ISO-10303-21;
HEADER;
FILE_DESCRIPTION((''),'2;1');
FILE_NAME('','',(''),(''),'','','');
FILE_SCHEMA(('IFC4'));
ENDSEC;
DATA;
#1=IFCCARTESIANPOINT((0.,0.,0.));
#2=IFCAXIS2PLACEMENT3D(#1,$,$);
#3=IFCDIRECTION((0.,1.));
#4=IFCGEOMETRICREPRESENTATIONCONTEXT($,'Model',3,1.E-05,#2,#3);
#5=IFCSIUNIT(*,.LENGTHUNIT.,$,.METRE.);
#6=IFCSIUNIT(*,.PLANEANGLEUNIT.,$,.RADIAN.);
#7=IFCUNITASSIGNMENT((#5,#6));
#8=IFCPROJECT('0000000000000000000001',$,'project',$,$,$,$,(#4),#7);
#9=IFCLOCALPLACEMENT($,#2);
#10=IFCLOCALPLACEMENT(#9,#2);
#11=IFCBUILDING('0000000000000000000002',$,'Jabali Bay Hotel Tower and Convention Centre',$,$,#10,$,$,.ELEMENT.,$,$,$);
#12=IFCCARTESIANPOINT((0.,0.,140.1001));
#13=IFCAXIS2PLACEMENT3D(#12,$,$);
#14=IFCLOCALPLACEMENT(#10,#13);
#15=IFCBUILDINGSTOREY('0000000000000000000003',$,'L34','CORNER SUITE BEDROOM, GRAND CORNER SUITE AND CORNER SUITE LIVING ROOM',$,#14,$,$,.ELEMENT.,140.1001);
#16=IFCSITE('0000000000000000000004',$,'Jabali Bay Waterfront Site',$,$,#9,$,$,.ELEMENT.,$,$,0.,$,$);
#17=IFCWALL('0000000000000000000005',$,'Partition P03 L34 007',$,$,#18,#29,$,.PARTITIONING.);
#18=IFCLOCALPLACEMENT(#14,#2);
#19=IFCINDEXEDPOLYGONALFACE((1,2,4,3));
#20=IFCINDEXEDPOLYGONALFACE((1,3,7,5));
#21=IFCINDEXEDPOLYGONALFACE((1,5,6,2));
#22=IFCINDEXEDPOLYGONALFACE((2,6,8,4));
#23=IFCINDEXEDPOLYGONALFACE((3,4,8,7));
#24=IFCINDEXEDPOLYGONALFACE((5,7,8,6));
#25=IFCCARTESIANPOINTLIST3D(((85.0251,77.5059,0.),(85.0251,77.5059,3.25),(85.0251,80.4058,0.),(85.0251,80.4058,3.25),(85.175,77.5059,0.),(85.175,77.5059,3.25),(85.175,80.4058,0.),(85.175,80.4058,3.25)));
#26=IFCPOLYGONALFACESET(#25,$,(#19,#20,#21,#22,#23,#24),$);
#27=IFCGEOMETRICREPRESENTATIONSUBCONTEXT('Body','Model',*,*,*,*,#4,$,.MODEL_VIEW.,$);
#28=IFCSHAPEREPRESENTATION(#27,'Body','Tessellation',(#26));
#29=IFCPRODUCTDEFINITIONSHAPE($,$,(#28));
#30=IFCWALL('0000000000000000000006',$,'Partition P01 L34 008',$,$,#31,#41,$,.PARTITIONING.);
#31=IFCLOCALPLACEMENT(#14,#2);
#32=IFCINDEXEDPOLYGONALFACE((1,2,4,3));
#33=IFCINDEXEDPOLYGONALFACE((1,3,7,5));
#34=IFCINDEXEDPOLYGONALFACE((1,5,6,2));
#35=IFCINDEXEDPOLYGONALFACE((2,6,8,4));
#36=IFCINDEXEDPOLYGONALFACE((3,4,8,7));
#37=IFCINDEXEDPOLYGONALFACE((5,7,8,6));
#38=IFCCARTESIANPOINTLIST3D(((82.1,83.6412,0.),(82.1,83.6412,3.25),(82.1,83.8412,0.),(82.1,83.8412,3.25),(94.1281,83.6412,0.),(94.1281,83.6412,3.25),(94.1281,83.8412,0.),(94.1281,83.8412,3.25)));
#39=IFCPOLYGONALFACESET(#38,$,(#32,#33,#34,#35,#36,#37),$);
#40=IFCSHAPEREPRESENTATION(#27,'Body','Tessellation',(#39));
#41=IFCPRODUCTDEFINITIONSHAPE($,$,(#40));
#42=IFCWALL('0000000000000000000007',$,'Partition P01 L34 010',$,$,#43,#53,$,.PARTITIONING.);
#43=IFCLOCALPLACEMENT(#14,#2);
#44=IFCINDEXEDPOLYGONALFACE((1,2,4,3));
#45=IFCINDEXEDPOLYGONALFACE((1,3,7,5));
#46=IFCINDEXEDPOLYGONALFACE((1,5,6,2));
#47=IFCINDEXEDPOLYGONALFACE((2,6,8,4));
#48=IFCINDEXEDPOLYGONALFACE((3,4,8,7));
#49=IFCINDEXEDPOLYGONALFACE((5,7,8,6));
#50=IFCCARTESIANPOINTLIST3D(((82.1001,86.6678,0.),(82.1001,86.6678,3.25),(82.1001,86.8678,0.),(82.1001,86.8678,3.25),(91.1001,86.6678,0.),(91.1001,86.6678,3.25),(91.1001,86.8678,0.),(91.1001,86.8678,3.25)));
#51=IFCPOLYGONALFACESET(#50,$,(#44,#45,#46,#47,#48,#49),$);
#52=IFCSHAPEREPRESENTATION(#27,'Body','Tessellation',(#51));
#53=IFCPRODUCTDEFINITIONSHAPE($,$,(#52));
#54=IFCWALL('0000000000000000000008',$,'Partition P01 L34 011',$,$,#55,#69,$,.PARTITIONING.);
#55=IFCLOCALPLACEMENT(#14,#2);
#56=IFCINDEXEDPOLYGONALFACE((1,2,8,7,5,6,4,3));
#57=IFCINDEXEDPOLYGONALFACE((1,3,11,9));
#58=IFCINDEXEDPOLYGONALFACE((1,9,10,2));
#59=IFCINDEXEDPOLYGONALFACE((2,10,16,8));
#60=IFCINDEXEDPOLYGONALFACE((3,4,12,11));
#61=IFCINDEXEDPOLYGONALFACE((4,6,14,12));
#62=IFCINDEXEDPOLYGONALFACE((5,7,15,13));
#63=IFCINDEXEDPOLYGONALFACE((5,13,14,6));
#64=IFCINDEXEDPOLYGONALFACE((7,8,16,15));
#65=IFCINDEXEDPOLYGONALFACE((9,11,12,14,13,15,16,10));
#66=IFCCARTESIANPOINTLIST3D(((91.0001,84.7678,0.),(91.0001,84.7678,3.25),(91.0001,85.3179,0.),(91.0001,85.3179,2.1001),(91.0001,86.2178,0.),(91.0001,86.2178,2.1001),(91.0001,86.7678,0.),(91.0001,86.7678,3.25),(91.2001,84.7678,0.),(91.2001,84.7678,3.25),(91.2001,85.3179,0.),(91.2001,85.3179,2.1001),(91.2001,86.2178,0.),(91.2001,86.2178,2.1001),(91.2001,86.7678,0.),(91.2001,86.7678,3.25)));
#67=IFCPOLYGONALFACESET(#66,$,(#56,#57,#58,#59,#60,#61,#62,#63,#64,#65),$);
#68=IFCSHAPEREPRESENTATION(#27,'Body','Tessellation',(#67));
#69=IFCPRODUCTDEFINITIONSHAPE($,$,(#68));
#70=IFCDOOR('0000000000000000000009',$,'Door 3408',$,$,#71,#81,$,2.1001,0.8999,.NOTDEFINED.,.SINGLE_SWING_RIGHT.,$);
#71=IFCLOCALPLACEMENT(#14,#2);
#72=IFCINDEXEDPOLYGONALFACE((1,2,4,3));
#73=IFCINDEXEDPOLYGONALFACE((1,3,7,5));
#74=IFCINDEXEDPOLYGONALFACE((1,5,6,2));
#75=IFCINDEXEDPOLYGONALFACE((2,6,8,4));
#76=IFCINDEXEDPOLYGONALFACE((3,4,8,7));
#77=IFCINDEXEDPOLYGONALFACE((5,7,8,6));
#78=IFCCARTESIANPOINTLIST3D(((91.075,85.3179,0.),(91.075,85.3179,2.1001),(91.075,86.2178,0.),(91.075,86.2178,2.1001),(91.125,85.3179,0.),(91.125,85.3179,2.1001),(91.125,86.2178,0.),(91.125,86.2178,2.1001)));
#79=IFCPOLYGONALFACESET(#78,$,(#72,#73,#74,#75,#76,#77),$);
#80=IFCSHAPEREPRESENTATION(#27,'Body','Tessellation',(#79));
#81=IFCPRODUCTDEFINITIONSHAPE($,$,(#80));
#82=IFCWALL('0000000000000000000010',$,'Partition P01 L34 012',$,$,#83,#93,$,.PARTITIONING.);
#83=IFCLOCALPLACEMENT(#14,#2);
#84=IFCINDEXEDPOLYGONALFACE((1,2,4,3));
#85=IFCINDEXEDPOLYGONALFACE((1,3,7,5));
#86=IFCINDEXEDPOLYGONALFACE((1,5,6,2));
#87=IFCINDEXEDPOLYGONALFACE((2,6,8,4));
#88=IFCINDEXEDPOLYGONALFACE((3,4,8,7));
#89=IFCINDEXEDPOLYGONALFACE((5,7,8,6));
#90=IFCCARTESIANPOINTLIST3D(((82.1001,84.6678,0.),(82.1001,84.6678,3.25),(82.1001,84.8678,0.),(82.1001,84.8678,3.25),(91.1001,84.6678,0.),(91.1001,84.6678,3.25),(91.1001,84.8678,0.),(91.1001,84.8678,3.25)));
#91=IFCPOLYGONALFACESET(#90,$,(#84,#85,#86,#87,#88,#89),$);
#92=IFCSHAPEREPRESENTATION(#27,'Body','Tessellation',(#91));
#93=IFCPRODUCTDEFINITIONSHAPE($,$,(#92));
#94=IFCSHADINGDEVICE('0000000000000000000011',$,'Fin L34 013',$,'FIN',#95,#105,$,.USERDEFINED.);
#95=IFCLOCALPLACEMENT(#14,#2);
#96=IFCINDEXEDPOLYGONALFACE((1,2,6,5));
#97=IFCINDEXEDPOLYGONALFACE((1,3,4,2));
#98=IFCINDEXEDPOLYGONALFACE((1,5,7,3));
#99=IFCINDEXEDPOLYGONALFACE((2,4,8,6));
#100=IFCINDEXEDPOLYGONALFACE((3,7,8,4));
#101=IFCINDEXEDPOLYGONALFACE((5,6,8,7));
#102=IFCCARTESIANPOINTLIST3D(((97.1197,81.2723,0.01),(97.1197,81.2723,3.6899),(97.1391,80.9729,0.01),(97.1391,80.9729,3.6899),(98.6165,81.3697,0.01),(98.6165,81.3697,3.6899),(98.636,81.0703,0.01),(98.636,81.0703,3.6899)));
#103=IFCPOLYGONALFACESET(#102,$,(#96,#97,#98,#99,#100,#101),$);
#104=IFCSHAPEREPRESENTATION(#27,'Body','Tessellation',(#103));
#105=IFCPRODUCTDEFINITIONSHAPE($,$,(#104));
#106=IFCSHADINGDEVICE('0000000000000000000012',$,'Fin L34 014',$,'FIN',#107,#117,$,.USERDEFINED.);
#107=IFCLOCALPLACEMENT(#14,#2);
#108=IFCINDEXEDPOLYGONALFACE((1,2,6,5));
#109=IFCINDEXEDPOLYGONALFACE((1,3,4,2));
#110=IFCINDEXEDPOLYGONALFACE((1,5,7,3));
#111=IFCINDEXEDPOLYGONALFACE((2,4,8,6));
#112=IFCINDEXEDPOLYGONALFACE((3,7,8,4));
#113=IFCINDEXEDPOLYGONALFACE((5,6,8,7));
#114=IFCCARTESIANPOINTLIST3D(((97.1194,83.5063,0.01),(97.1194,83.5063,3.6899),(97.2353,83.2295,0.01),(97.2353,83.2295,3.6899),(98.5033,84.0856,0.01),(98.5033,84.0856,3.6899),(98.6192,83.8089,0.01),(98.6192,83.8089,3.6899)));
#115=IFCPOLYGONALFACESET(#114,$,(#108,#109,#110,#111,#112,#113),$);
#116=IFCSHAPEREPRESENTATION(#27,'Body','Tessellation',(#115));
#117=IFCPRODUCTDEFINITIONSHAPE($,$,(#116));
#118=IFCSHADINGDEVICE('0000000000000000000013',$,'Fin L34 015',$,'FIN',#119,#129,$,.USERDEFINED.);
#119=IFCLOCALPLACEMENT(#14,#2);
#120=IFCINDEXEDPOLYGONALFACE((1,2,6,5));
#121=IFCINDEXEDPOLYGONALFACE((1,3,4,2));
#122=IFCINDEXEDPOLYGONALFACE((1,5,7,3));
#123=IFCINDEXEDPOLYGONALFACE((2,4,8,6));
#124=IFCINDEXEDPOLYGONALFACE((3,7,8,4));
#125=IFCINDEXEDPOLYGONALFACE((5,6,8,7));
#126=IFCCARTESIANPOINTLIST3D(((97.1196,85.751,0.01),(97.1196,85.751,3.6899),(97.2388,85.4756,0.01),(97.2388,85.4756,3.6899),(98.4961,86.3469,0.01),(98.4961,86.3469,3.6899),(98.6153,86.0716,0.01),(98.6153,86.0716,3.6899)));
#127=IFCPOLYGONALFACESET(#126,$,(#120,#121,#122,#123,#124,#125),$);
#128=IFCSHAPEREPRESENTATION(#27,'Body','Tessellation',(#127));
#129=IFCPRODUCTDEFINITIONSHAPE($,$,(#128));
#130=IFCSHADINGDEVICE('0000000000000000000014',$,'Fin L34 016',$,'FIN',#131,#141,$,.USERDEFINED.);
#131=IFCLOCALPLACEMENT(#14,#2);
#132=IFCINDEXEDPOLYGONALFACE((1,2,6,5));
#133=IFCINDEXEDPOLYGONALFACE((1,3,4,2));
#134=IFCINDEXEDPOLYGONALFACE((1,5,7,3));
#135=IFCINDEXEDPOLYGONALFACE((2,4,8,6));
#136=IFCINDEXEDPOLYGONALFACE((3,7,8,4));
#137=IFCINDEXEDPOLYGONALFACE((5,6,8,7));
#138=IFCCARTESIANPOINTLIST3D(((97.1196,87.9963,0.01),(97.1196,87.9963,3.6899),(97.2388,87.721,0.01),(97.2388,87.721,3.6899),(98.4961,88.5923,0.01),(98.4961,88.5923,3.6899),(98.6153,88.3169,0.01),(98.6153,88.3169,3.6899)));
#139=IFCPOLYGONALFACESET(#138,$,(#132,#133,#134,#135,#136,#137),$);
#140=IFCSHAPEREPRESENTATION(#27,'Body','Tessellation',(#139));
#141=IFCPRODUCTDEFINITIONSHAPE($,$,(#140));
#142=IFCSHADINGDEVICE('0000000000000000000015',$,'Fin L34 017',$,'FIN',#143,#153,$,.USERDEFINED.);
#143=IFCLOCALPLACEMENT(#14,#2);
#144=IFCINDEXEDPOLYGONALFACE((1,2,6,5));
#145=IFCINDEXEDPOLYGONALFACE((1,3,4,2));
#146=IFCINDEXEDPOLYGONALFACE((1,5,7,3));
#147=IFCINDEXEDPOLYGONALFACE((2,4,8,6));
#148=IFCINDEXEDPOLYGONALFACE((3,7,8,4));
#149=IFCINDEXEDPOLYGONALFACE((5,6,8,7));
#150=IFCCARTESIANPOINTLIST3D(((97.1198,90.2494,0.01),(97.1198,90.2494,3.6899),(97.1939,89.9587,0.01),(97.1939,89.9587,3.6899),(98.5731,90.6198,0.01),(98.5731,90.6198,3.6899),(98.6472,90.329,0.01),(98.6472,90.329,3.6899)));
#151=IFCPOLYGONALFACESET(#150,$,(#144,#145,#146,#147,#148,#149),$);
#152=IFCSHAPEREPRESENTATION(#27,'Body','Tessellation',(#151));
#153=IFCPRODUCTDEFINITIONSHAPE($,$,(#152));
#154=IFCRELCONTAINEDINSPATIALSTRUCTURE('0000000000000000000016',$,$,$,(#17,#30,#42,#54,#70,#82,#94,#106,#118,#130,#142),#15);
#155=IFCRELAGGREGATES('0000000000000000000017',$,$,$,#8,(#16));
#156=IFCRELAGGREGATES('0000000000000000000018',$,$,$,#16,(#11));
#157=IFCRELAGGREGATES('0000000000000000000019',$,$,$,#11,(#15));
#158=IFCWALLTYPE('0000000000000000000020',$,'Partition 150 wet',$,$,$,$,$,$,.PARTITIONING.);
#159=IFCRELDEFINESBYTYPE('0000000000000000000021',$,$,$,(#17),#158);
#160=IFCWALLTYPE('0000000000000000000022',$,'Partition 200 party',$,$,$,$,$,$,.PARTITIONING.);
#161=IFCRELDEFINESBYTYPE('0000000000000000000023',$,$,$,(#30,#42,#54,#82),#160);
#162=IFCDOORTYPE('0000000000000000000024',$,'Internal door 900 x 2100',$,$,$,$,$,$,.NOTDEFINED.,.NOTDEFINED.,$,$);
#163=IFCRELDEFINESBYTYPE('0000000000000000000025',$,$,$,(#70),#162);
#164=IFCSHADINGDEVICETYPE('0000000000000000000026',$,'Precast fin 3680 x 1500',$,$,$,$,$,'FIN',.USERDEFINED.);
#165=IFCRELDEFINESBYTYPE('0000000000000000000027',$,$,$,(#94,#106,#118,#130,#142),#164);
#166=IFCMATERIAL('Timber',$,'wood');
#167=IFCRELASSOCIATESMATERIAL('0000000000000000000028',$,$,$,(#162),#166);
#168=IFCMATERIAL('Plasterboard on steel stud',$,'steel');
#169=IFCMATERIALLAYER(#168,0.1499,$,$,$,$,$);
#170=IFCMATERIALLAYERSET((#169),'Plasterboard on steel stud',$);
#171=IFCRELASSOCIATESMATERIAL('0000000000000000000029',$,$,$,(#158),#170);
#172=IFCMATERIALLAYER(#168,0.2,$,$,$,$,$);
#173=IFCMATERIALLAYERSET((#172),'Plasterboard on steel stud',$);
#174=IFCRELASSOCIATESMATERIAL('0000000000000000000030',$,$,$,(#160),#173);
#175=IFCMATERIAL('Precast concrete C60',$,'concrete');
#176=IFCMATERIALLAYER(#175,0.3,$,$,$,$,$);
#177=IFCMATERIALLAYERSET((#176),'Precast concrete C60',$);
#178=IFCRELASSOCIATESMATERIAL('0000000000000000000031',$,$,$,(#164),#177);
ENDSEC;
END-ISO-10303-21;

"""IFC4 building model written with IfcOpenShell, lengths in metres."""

from ifc_helpers import new_model, si_unit, direction, frame, frame_2d, origin, place, context, subcontext, project, spatial, rectangle, extrude, material, layer, layer_set, type_object, element, fill, save


model = new_model("IFC4")

# Units and contexts
model_context = context("Model", 3, precision=1e-05, world=origin(), true_north=direction((0.0, 1.0)))
body_context = subcontext(model_context, "Body", "Model", "MODEL_VIEW")
ifc_project = project(units=[si_unit("LENGTHUNIT", "METRE"), si_unit("PLANEANGLEUNIT", "RADIAN")], contexts=[model_context])

# Site, building, storey
site_placement = place(None, origin())
site = spatial("IfcSite", under=ifc_project, at=site_placement, Name="Jabali Bay Waterfront Site", CompositionType="ELEMENT", RefElevation=0.0)
building_placement = place(site_placement, origin())
building = spatial("IfcBuilding", under=site, at=building_placement, Name="Jabali Bay Hotel Tower and Convention Centre", CompositionType="ELEMENT")
storey_placement = place(building_placement, frame((0.0, 0.0, 140.1001)))
storey = spatial("IfcBuildingStorey", under=building, at=storey_placement, Name="L34", Description="CORNER SUITE BEDROOM, GRAND CORNER SUITE AND CORNER SUITE LIVING ROOM", CompositionType="ELEMENT", Elevation=140.1001)

# Shared definitions
ifc_material_1 = material(Name="Plasterboard on steel stud", Category="steel")
ifc_material_2 = material(Name="Timber", Category="wood")
door_type_1 = type_object("IfcDoorType", Name="Internal door 900 x 2100", OperationType="NOTDEFINED", PredefinedType="NOTDEFINED", material=ifc_material_2)
ifc_layer_1 = layer(ifc_material_1, 0.1499)
ifc_layer_set_1 = layer_set([ifc_layer_1], Name="Plasterboard on steel stud")
wall_type_1 = type_object("IfcWallType", Name="Partition 150 wet", PredefinedType="PARTITIONING", material=ifc_layer_set_1)

# Walls
wall_1_placement = place(storey_placement, frame((85.1001, 80.4058, 0.0), z_axis=(0.0, 0.0, 1.0), x_axis=(0.0, -1.0, 0.0)))
element("IfcWall", 1, at=wall_1_placement, inside=storey, type_object=wall_type_1, Name="Partition P03 L34 007", PredefinedType="PARTITIONING", context=body_context, shape_type="SweptSolid", body=[
    extrude(rectangle(XDim=2.8999, YDim=0.1499, at=frame_2d((1.45, 0.0))), origin(), (0.0, 0.0, 1.0), 3.25),
])
ifc_layer_2 = layer(ifc_material_1, 0.2)
ifc_layer_set_2 = layer_set([ifc_layer_2], Name="Plasterboard on steel stud")
wall_type_2 = type_object("IfcWallType", Name="Partition 200 party", PredefinedType="PARTITIONING", material=ifc_layer_set_2)
wall_2_placement = place(storey_placement, frame((94.1282, 83.7412, 0.0), z_axis=(0.0, 0.0, 1.0), x_axis=(-1.0, 0.0, 0.0)))
element("IfcWall", 2, at=wall_2_placement, inside=storey, type_object=wall_type_2, Name="Partition P01 L34 008", PredefinedType="PARTITIONING", context=body_context, shape_type="SweptSolid", body=[
    extrude(rectangle(XDim=12.0281, YDim=0.2, at=frame_2d((6.0142, 0.0))), origin(), (0.0, 0.0, 1.0), 3.25),
])
wall_3_placement = place(storey_placement, frame((82.1001, 86.7678, 0.0), z_axis=(0.0, 0.0, 1.0), x_axis=(1.0, 0.0, 0.0)))
element("IfcWall", 3, at=wall_3_placement, inside=storey, type_object=wall_type_2, Name="Partition P01 L34 010", PredefinedType="PARTITIONING", context=body_context, shape_type="SweptSolid", body=[
    extrude(rectangle(XDim=9.0, YDim=0.2, at=frame_2d((4.5, 0.0))), origin(), (0.0, 0.0, 1.0), 3.25),
])

# Wall, opening, door
wall_4_placement = place(storey_placement, frame((91.1001, 86.7678, 0.0), z_axis=(0.0, 0.0, 1.0), x_axis=(0.0, -1.0, 0.0)))
wall_4 = element("IfcWall", 4, at=wall_4_placement, inside=storey, type_object=wall_type_2, Name="Partition P01 L34 011", PredefinedType="PARTITIONING", context=body_context, shape_type="SweptSolid", body=[
    extrude(rectangle(XDim=2.0, YDim=0.2, at=frame_2d((1.0, 0.0))), origin(), (0.0, 0.0, 1.0), 3.25),
])
opening_1_placement = place(wall_4_placement, frame((0.55, 0.0, 0.0)))
opening_1 = element("IfcOpeningElement", 5, at=opening_1_placement, cuts=wall_4, PredefinedType="OPENING", context=body_context, shape_type="SweptSolid", body=[
    extrude(rectangle(XDim=0.8999, YDim=2.1001, at=frame_2d((0.45, 1.05))), frame((0.0, 0.1104, 0.0), z_axis=(0.0, -1.0, 0.0), x_axis=(1.0, 0.0, 0.0)), (0.0, 0.0, 1.0), 0.2209),
])
door_1_placement = place(opening_1_placement, origin())
door_1 = element("IfcDoor", 6, at=door_1_placement, inside=storey, type_object=door_type_1, Name="Door 3408", OperationType="SINGLE_SWING_RIGHT", OverallHeight=2.1001, OverallWidth=0.8999, PredefinedType="NOTDEFINED", context=body_context, shape_type="SweptSolid", body=[
    extrude(rectangle(XDim=0.8999, YDim=2.1001, at=frame_2d((0.45, 1.05))), frame((0.0, 0.0249, 0.0), z_axis=(0.0, -1.0, 0.0), x_axis=(1.0, 0.0, 0.0)), (0.0, 0.0, 1.0), 0.05),
])
fill(opening_1, door_1)

# Wall
wall_5_placement = place(storey_placement, frame((91.1001, 84.7678, 0.0), z_axis=(0.0, 0.0, 1.0), x_axis=(-1.0, 0.0, 0.0)))
element("IfcWall", 7, at=wall_5_placement, inside=storey, type_object=wall_type_2, Name="Partition P01 L34 012", PredefinedType="PARTITIONING", context=body_context, shape_type="SweptSolid", body=[
    extrude(rectangle(XDim=9.0, YDim=0.2, at=frame_2d((4.5, 0.0))), origin(), (0.0, 0.0, 1.0), 3.25),
])

# Shading devices
ifc_material_3 = material(Name="Precast concrete C60", Category="concrete")
ifc_layer_3 = layer(ifc_material_3, 0.3)
ifc_layer_set_3 = layer_set([ifc_layer_3], Name="Precast concrete C60")
shading_device_type = type_object("IfcShadingDeviceType", Name="Precast fin 3680 x 1500", ElementType="FIN", PredefinedType="USERDEFINED", material=ifc_layer_set_3)
shading_device_1_placement = place(storey_placement, frame((97.1294, 81.1226, 0.01), z_axis=(0.0, 0.0, 1.0), x_axis=(0.997889, 0.064942, 0.0)))
element("IfcShadingDevice", 8, at=shading_device_1_placement, inside=storey, type_object=shading_device_type, Name="Fin L34 013", ObjectType="FIN", PredefinedType="USERDEFINED", context=body_context, shape_type="SweptSolid", body=[
    extrude(rectangle(XDim=1.5, YDim=0.3, at=frame_2d((0.75, 0.0))), origin(), (0.0, 0.0, 1.0), 3.6799),
])
shading_device_2_placement = place(storey_placement, frame((97.1775, 83.3679, 0.01), z_axis=(0.0, 0.0, 1.0), x_axis=(0.922421, 0.386186, 0.0)))
element("IfcShadingDevice", 9, at=shading_device_2_placement, inside=storey, type_object=shading_device_type, Name="Fin L34 014", ObjectType="FIN", PredefinedType="USERDEFINED", context=body_context, shape_type="SweptSolid", body=[
    extrude(rectangle(XDim=1.5002, YDim=0.3, at=frame_2d((0.75, 0.0))), origin(), (0.0, 0.0, 1.0), 3.6799),
])
for number, where, z_axis, x_axis, name in (
    (10, (97.1792, 85.6133, 0.01), (0.0, 0.0, 1.0), (0.917682, 0.397315, 0.0), "Fin L34 015"),
    (11, (97.1792, 87.8586, 0.01), (0.0, 0.0, 1.0), (0.917682, 0.397315, 0.0), "Fin L34 016"),
):
    element("IfcShadingDevice", number, at=place(storey_placement, frame(where, z_axis=z_axis, x_axis=x_axis)), inside=storey, type_object=shading_device_type, Name=name, ObjectType="FIN", PredefinedType="USERDEFINED", context=body_context, shape_type="SweptSolid", body=[
        extrude(rectangle(XDim=1.5, YDim=0.3, at=frame_2d((0.75, 0.0))), origin(), (0.0, 0.0, 1.0), 3.6799),
    ])
shading_device_3_placement = place(storey_placement, frame((97.1567, 90.104, 0.01), z_axis=(0.0, 0.0, 1.0), x_axis=(0.969031, 0.246938, 0.0)))
element("IfcShadingDevice", 12, at=shading_device_3_placement, inside=storey, type_object=shading_device_type, Name="Fin L34 017", ObjectType="FIN", PredefinedType="USERDEFINED", context=body_context, shape_type="SweptSolid", body=[
    extrude(rectangle(XDim=1.4998, YDim=0.3, at=frame_2d((0.75, 0.0))), origin(), (0.0, 0.0, 1.0), 3.6799),
])

save(model, "model.ifc")
